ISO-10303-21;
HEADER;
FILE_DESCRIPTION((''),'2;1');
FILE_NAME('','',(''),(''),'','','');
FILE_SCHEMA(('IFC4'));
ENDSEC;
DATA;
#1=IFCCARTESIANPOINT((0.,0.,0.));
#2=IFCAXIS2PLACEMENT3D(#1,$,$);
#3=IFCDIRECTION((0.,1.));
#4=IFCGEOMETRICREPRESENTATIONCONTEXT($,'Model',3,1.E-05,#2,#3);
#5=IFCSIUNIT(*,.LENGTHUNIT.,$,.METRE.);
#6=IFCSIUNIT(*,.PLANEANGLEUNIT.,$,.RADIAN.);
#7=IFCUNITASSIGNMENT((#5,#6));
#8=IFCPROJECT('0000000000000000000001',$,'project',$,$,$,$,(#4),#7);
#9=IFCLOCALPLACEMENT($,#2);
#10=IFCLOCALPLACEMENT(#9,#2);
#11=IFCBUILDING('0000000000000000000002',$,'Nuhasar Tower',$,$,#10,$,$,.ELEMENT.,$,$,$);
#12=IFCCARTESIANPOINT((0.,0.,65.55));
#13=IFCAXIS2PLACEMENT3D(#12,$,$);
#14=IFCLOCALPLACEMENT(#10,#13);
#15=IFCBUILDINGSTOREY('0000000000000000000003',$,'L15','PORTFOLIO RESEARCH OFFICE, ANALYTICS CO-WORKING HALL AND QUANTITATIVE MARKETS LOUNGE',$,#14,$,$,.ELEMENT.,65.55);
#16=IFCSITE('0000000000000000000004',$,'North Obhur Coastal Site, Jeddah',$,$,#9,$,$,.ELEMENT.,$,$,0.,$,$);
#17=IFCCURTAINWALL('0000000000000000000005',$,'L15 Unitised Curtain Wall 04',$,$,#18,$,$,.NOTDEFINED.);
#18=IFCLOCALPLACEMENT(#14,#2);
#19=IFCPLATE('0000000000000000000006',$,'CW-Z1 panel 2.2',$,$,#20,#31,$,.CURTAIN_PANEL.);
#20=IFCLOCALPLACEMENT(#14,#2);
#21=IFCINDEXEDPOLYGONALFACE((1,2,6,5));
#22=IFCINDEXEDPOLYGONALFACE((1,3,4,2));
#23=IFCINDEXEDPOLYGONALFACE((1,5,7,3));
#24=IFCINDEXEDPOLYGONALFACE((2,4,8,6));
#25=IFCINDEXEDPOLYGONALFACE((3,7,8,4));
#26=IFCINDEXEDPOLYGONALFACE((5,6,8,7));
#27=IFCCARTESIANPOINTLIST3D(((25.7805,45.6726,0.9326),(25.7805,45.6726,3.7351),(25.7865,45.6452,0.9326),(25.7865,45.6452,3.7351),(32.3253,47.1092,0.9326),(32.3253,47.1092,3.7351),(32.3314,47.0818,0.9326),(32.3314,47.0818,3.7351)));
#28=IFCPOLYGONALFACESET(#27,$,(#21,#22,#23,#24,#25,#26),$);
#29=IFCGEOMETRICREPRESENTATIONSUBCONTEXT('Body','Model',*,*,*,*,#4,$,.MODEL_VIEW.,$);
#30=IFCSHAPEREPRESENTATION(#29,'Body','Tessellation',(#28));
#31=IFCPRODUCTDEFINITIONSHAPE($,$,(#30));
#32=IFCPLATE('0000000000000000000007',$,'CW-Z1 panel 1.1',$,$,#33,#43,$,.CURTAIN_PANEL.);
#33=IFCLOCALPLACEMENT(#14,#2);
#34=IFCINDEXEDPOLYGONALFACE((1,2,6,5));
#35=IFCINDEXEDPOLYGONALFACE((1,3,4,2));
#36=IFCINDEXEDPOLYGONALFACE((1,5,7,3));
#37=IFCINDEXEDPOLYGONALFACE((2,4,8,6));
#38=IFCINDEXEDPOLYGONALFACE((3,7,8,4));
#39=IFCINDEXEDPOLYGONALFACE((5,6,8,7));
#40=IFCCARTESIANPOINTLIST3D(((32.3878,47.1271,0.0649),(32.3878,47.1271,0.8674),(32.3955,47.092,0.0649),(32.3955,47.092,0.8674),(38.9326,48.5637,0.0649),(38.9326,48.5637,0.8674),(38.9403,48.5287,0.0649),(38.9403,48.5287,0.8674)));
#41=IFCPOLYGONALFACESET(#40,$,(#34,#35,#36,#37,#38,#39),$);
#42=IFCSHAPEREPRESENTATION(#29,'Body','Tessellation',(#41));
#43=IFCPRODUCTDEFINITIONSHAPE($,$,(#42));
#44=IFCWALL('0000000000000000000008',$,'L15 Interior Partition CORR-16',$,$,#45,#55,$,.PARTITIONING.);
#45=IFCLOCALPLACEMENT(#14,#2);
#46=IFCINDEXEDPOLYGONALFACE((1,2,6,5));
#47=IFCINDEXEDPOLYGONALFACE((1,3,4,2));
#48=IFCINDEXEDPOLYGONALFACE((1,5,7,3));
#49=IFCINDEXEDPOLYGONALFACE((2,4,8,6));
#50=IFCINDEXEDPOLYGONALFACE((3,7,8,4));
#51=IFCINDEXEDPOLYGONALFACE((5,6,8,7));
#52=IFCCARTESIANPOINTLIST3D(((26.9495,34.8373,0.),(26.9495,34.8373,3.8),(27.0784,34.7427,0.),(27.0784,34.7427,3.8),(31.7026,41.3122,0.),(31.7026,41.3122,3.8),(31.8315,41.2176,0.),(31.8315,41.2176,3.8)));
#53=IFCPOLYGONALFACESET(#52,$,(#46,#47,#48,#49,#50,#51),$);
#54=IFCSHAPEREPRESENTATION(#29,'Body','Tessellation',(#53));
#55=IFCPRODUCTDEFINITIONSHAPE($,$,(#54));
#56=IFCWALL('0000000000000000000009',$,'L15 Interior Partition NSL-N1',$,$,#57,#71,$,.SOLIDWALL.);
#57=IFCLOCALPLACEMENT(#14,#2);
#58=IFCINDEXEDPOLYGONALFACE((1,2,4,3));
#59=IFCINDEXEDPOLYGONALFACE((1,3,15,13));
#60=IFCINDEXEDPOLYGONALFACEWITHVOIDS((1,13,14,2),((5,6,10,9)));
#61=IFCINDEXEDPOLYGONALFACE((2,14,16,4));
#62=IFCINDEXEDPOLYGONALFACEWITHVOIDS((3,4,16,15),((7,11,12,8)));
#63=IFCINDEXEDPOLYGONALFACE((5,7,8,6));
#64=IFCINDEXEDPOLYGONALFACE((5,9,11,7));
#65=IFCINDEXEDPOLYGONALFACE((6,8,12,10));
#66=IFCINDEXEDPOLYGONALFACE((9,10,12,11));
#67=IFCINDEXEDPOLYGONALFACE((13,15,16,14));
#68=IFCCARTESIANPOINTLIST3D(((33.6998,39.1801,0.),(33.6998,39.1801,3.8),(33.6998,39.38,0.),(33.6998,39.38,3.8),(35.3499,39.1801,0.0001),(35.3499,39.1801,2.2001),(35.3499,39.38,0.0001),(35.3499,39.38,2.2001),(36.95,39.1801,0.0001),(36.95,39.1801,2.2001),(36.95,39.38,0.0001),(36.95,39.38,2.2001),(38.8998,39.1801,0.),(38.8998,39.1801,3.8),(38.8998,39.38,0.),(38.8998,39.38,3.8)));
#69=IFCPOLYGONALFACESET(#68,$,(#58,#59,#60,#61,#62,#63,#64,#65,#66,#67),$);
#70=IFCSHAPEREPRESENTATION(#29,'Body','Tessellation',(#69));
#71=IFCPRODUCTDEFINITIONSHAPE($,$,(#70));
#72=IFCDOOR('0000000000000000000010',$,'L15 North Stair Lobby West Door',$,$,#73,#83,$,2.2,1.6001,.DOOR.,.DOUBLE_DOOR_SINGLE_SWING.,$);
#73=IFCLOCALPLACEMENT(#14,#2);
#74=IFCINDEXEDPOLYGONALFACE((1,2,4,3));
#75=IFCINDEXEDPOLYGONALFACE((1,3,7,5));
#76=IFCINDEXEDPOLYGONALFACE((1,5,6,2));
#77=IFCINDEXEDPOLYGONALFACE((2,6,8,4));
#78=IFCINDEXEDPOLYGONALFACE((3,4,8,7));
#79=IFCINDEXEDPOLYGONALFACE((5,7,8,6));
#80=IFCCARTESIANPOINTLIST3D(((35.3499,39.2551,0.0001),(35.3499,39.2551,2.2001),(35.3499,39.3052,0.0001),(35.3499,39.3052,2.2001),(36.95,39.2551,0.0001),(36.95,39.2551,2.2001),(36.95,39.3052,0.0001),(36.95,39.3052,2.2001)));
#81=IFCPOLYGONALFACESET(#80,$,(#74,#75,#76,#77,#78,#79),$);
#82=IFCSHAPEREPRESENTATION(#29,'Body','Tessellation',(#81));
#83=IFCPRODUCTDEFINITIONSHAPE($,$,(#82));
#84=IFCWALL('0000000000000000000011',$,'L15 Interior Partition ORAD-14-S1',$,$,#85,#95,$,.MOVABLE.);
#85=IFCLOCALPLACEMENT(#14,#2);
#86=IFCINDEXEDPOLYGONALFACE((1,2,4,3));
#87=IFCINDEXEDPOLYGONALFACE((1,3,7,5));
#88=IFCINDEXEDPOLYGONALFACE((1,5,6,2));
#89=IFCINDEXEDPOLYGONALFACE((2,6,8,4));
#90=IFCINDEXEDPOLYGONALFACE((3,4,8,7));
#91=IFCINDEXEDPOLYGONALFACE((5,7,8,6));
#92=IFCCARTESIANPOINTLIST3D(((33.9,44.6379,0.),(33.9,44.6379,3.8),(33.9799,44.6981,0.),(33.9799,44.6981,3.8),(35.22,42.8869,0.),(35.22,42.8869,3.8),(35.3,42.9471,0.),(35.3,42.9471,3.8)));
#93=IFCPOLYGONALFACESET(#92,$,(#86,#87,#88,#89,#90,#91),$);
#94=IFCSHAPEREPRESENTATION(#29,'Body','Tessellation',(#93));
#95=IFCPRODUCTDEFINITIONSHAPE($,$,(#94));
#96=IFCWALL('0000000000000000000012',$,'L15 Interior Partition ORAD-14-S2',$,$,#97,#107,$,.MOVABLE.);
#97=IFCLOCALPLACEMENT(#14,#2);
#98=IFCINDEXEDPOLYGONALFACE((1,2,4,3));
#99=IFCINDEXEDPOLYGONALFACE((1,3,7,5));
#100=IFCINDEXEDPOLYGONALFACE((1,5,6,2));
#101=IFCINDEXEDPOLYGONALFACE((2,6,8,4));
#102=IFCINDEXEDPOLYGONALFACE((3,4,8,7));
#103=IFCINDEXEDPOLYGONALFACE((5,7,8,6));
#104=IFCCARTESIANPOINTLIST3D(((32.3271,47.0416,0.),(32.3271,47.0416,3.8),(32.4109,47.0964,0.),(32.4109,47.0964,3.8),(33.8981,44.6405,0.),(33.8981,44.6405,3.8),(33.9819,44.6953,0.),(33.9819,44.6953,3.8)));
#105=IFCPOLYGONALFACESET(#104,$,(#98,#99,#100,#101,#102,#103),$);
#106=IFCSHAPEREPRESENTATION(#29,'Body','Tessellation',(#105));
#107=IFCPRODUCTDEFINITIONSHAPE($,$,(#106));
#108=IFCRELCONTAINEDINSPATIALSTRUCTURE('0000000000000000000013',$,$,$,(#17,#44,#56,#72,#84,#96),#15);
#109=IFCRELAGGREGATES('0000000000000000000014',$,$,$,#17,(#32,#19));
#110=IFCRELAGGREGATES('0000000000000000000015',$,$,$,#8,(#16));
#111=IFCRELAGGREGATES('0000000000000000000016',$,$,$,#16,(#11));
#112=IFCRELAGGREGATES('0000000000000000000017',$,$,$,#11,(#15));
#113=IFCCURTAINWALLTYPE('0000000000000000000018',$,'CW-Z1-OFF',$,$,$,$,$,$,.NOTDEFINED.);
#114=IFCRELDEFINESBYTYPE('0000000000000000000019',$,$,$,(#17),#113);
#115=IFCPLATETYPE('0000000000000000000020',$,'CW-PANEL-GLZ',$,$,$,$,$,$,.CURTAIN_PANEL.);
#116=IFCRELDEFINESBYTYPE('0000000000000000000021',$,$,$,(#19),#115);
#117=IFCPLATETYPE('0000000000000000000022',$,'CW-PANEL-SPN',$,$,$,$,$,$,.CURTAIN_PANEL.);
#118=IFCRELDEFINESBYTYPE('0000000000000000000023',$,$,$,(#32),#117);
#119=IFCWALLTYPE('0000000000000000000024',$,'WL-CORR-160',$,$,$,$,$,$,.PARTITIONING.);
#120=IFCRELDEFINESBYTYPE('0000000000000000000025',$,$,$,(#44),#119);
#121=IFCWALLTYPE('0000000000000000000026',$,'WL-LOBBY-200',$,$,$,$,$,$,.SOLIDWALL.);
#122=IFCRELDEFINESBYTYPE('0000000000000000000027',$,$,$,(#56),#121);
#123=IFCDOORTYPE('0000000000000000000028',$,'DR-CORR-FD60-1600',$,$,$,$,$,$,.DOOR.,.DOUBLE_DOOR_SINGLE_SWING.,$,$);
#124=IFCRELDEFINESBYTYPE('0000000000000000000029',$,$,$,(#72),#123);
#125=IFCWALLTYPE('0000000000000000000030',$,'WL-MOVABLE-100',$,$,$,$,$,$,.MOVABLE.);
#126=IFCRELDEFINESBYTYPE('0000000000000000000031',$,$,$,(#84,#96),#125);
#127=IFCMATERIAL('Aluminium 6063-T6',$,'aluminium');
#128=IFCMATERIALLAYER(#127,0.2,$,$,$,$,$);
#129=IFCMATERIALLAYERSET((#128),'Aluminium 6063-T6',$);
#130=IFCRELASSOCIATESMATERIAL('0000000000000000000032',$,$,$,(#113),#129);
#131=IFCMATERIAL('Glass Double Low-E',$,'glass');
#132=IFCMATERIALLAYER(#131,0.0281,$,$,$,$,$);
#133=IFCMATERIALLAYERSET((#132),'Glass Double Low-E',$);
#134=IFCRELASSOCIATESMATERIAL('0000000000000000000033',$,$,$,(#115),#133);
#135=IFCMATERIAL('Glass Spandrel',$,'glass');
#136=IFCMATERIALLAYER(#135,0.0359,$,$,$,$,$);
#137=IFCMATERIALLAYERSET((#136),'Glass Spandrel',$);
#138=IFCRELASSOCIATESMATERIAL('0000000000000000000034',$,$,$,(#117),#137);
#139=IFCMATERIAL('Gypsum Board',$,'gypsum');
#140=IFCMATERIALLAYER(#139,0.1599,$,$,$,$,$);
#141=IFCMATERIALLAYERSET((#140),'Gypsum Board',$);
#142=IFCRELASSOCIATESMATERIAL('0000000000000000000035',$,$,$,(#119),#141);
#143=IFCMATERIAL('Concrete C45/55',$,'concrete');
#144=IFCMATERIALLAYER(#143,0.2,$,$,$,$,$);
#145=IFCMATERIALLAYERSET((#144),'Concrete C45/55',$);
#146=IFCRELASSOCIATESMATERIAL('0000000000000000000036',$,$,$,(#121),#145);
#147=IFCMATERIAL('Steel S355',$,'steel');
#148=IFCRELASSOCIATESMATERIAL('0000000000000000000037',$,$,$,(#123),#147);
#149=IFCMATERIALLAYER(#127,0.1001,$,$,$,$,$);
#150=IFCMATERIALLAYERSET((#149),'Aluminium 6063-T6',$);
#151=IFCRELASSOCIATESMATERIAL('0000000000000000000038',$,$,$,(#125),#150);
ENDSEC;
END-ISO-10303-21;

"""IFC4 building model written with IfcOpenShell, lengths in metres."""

from ifc_helpers import new_model, si_unit, direction, frame, frame_2d, origin, origin_2d, place, context, subcontext, project, spatial, rectangle, extrude, material, layer, layer_set, type_object, element, fill, aggregate, save


model = new_model("IFC4")

# Units and contexts
model_context = context("Model", 3, precision=1e-05, world=origin(), true_north=direction((0.0, 1.0)))
body_context = subcontext(model_context, "Body", "Model", "MODEL_VIEW")
ifc_project = project(units=[si_unit("LENGTHUNIT", "METRE"), si_unit("PLANEANGLEUNIT", "RADIAN")], contexts=[model_context])

# Site, building, storey
site_placement = place(None, origin())
site = spatial("IfcSite", under=ifc_project, at=site_placement, Name="North Obhur Coastal Site, Jeddah", CompositionType="ELEMENT", RefElevation=0.0)
building_placement = place(site_placement, origin())
building = spatial("IfcBuilding", under=site, at=building_placement, Name="Nuhasar Tower", CompositionType="ELEMENT")
storey_placement = place(building_placement, frame((0.0, 0.0, 65.55)))
storey = spatial("IfcBuildingStorey", under=building, at=storey_placement, Name="L15", Description="PORTFOLIO RESEARCH OFFICE, ANALYTICS CO-WORKING HALL AND QUANTITATIVE MARKETS LOUNGE", CompositionType="ELEMENT", Elevation=65.55)

# Shared definitions
ifc_material_1 = material(Name="Steel S355", Category="steel")

# Curtain wall
ifc_material_2 = material(Name="Aluminium 6063-T6", Category="aluminium")
ifc_layer_1 = layer(ifc_material_2, 0.2)
ifc_layer_set_1 = layer_set([ifc_layer_1], Name="Aluminium 6063-T6")
curtain_wall_type = type_object("IfcCurtainWallType", Name="CW-Z1-OFF", PredefinedType="NOTDEFINED", material=ifc_layer_set_1)
curtain_wall_placement = place(storey_placement, origin())
curtain_wall = element("IfcCurtainWall", 1, at=curtain_wall_placement, inside=storey, type_object=curtain_wall_type, Name="L15 Unitised Curtain Wall 04", PredefinedType="NOTDEFINED")

# Plates
ifc_material_3 = material(Name="Glass Double Low-E", Category="glass")
ifc_layer_2 = layer(ifc_material_3, 0.0281)
ifc_layer_set_2 = layer_set([ifc_layer_2], Name="Glass Double Low-E")
plate_type_1 = type_object("IfcPlateType", Name="CW-PANEL-GLZ", PredefinedType="CURTAIN_PANEL", material=ifc_layer_set_2)
plate_1_placement = place(storey_placement, frame((29.0559, 46.3772, 0.9326), z_axis=(0.0, 0.0, 1.0), x_axis=(-0.976746, -0.214399, 0.0)))
plate_1 = element("IfcPlate", 2, at=plate_1_placement, type_object=plate_type_1, Name="CW-Z1 panel 2.2", PredefinedType="CURTAIN_PANEL", context=body_context, shape_type="SweptSolid", body=[
    extrude(rectangle(XDim=6.7007, YDim=0.0281, at=origin_2d()), origin(), (0.0, 0.0, 1.0), 2.8025),
])
ifc_material_4 = material(Name="Glass Spandrel", Category="glass")
ifc_layer_3 = layer(ifc_material_4, 0.0359)
ifc_layer_set_3 = layer_set([ifc_layer_3], Name="Glass Spandrel")
plate_type_2 = type_object("IfcPlateType", Name="CW-PANEL-SPN", PredefinedType="CURTAIN_PANEL", material=ifc_layer_set_3)
plate_2_placement = place(storey_placement, frame((35.6641, 47.8279, 0.0649), z_axis=(0.0, 0.0, 1.0), x_axis=(-0.976746, -0.214399, 0.0)))
plate_2 = element("IfcPlate", 3, at=plate_2_placement, type_object=plate_type_2, Name="CW-Z1 panel 1.1", PredefinedType="CURTAIN_PANEL", context=body_context, shape_type="SweptSolid", body=[
    extrude(rectangle(XDim=6.7007, YDim=0.0359, at=origin_2d()), origin(), (0.0, 0.0, 1.0), 0.8025),
])
aggregate(curtain_wall, [plate_2, plate_1])

# Shared definitions
ifc_material_5 = material(Name="Gypsum Board", Category="gypsum")
ifc_layer_4 = layer(ifc_material_5, 0.1599)
ifc_layer_set_4 = layer_set([ifc_layer_4], Name="Gypsum Board")
wall_type_1 = type_object("IfcWallType", Name="WL-CORR-160", PredefinedType="PARTITIONING", material=ifc_layer_set_4)

# Wall
wall_1_placement = place(storey_placement, frame((31.7671, 41.2649, 0.0), z_axis=(0.0, 0.0, 1.0), x_axis=(-0.591764, -0.806111, 0.0)))
element("IfcWall", 4, at=wall_1_placement, inside=storey, type_object=wall_type_1, Name="L15 Interior Partition CORR-16", PredefinedType="PARTITIONING", context=body_context, shape_type="SweptSolid", body=[
    extrude(rectangle(XDim=8.0322, YDim=0.1599, at=frame_2d((4.0161, 0.0))), origin(), (0.0, 0.0, 1.0), 3.8),
])

# Wall, opening, door
ifc_material_6 = material(Name="Concrete C45/55", Category="concrete")
ifc_layer_5 = layer(ifc_material_6, 0.2)
ifc_layer_set_5 = layer_set([ifc_layer_5], Name="Concrete C45/55")
wall_type_2 = type_object("IfcWallType", Name="WL-LOBBY-200", PredefinedType="SOLIDWALL", material=ifc_layer_set_5)
wall_2_placement = place(storey_placement, frame((38.8999, 39.28, 0.0), z_axis=(0.0, 0.0, 1.0), x_axis=(-1.0, 0.0, 0.0)))
wall_2 = element("IfcWall", 5, at=wall_2_placement, inside=storey, type_object=wall_type_2, Name="L15 Interior Partition NSL-N1", PredefinedType="SOLIDWALL", context=body_context, shape_type="SweptSolid", body=[
    extrude(rectangle(XDim=5.2, YDim=0.2, at=frame_2d((2.6001, 0.0))), origin(), (0.0, 0.0, 1.0), 3.8),
])
opening_1_placement = place(wall_2_placement, frame((1.95, 0.0, 0.0)))
opening_1 = element("IfcOpeningElement", 6, at=opening_1_placement, cuts=wall_2, PredefinedType="OPENING", context=body_context, shape_type="SweptSolid", body=[
    extrude(rectangle(XDim=1.6001, YDim=2.2, at=frame_2d((0.8, 1.1001))), frame((0.0, 0.1099, 0.0), z_axis=(0.0, -1.0, 0.0), x_axis=(1.0, 0.0, 0.0)), (0.0, 0.0, 1.0), 0.22),
])
door_type_1 = type_object("IfcDoorType", Name="DR-CORR-FD60-1600", OperationType="DOUBLE_DOOR_SINGLE_SWING", PredefinedType="DOOR", material=ifc_material_1)
door_1_placement = place(opening_1_placement, origin())
door_1 = element("IfcDoor", 7, at=door_1_placement, inside=storey, type_object=door_type_1, Name="L15 North Stair Lobby West Door", OperationType="DOUBLE_DOOR_SINGLE_SWING", OverallHeight=2.2, OverallWidth=1.6001, PredefinedType="DOOR", context=body_context, shape_type="SweptSolid", body=[
    extrude(rectangle(XDim=1.6001, YDim=2.2, at=frame_2d((0.8, 1.1001))), frame((0.0, 0.0249, 0.0), z_axis=(0.0, -1.0, 0.0), x_axis=(1.0, 0.0, 0.0)), (0.0, 0.0, 1.0), 0.05),
])
fill(opening_1, door_1)

# Walls
ifc_layer_6 = layer(ifc_material_2, 0.1001)
ifc_layer_set_6 = layer_set([ifc_layer_6], Name="Aluminium 6063-T6")
wall_type_3 = type_object("IfcWallType", Name="WL-MOVABLE-100", PredefinedType="MOVABLE", material=ifc_layer_set_6)
wall_3_placement = place(storey_placement, frame((35.26, 42.917, 0.0), z_axis=(0.0, 0.0, 1.0), x_axis=(-0.601993, 0.798501, 0.0)))
element("IfcWall", 8, at=wall_3_placement, inside=storey, type_object=wall_type_3, Name="L15 Interior Partition ORAD-14-S1", PredefinedType="MOVABLE", context=body_context, shape_type="SweptSolid", body=[
    extrude(rectangle(XDim=2.1929, YDim=0.1001, at=frame_2d((1.0964, 0.0))), origin(), (0.0, 0.0, 1.0), 3.8),
])
wall_4_placement = place(storey_placement, frame((33.9399, 44.668, 0.0), z_axis=(0.0, 0.0, 1.0), x_axis=(-0.547513, 0.836797, 0.0)))
element("IfcWall", 9, at=wall_4_placement, inside=storey, type_object=wall_type_3, Name="L15 Interior Partition ORAD-14-S2", PredefinedType="MOVABLE", context=body_context, shape_type="SweptSolid", body=[
    extrude(rectangle(XDim=2.8694, YDim=0.1001, at=frame_2d((1.4346, 0.0))), origin(), (0.0, 0.0, 1.0), 3.8),
])

save(model, "model.ifc")
